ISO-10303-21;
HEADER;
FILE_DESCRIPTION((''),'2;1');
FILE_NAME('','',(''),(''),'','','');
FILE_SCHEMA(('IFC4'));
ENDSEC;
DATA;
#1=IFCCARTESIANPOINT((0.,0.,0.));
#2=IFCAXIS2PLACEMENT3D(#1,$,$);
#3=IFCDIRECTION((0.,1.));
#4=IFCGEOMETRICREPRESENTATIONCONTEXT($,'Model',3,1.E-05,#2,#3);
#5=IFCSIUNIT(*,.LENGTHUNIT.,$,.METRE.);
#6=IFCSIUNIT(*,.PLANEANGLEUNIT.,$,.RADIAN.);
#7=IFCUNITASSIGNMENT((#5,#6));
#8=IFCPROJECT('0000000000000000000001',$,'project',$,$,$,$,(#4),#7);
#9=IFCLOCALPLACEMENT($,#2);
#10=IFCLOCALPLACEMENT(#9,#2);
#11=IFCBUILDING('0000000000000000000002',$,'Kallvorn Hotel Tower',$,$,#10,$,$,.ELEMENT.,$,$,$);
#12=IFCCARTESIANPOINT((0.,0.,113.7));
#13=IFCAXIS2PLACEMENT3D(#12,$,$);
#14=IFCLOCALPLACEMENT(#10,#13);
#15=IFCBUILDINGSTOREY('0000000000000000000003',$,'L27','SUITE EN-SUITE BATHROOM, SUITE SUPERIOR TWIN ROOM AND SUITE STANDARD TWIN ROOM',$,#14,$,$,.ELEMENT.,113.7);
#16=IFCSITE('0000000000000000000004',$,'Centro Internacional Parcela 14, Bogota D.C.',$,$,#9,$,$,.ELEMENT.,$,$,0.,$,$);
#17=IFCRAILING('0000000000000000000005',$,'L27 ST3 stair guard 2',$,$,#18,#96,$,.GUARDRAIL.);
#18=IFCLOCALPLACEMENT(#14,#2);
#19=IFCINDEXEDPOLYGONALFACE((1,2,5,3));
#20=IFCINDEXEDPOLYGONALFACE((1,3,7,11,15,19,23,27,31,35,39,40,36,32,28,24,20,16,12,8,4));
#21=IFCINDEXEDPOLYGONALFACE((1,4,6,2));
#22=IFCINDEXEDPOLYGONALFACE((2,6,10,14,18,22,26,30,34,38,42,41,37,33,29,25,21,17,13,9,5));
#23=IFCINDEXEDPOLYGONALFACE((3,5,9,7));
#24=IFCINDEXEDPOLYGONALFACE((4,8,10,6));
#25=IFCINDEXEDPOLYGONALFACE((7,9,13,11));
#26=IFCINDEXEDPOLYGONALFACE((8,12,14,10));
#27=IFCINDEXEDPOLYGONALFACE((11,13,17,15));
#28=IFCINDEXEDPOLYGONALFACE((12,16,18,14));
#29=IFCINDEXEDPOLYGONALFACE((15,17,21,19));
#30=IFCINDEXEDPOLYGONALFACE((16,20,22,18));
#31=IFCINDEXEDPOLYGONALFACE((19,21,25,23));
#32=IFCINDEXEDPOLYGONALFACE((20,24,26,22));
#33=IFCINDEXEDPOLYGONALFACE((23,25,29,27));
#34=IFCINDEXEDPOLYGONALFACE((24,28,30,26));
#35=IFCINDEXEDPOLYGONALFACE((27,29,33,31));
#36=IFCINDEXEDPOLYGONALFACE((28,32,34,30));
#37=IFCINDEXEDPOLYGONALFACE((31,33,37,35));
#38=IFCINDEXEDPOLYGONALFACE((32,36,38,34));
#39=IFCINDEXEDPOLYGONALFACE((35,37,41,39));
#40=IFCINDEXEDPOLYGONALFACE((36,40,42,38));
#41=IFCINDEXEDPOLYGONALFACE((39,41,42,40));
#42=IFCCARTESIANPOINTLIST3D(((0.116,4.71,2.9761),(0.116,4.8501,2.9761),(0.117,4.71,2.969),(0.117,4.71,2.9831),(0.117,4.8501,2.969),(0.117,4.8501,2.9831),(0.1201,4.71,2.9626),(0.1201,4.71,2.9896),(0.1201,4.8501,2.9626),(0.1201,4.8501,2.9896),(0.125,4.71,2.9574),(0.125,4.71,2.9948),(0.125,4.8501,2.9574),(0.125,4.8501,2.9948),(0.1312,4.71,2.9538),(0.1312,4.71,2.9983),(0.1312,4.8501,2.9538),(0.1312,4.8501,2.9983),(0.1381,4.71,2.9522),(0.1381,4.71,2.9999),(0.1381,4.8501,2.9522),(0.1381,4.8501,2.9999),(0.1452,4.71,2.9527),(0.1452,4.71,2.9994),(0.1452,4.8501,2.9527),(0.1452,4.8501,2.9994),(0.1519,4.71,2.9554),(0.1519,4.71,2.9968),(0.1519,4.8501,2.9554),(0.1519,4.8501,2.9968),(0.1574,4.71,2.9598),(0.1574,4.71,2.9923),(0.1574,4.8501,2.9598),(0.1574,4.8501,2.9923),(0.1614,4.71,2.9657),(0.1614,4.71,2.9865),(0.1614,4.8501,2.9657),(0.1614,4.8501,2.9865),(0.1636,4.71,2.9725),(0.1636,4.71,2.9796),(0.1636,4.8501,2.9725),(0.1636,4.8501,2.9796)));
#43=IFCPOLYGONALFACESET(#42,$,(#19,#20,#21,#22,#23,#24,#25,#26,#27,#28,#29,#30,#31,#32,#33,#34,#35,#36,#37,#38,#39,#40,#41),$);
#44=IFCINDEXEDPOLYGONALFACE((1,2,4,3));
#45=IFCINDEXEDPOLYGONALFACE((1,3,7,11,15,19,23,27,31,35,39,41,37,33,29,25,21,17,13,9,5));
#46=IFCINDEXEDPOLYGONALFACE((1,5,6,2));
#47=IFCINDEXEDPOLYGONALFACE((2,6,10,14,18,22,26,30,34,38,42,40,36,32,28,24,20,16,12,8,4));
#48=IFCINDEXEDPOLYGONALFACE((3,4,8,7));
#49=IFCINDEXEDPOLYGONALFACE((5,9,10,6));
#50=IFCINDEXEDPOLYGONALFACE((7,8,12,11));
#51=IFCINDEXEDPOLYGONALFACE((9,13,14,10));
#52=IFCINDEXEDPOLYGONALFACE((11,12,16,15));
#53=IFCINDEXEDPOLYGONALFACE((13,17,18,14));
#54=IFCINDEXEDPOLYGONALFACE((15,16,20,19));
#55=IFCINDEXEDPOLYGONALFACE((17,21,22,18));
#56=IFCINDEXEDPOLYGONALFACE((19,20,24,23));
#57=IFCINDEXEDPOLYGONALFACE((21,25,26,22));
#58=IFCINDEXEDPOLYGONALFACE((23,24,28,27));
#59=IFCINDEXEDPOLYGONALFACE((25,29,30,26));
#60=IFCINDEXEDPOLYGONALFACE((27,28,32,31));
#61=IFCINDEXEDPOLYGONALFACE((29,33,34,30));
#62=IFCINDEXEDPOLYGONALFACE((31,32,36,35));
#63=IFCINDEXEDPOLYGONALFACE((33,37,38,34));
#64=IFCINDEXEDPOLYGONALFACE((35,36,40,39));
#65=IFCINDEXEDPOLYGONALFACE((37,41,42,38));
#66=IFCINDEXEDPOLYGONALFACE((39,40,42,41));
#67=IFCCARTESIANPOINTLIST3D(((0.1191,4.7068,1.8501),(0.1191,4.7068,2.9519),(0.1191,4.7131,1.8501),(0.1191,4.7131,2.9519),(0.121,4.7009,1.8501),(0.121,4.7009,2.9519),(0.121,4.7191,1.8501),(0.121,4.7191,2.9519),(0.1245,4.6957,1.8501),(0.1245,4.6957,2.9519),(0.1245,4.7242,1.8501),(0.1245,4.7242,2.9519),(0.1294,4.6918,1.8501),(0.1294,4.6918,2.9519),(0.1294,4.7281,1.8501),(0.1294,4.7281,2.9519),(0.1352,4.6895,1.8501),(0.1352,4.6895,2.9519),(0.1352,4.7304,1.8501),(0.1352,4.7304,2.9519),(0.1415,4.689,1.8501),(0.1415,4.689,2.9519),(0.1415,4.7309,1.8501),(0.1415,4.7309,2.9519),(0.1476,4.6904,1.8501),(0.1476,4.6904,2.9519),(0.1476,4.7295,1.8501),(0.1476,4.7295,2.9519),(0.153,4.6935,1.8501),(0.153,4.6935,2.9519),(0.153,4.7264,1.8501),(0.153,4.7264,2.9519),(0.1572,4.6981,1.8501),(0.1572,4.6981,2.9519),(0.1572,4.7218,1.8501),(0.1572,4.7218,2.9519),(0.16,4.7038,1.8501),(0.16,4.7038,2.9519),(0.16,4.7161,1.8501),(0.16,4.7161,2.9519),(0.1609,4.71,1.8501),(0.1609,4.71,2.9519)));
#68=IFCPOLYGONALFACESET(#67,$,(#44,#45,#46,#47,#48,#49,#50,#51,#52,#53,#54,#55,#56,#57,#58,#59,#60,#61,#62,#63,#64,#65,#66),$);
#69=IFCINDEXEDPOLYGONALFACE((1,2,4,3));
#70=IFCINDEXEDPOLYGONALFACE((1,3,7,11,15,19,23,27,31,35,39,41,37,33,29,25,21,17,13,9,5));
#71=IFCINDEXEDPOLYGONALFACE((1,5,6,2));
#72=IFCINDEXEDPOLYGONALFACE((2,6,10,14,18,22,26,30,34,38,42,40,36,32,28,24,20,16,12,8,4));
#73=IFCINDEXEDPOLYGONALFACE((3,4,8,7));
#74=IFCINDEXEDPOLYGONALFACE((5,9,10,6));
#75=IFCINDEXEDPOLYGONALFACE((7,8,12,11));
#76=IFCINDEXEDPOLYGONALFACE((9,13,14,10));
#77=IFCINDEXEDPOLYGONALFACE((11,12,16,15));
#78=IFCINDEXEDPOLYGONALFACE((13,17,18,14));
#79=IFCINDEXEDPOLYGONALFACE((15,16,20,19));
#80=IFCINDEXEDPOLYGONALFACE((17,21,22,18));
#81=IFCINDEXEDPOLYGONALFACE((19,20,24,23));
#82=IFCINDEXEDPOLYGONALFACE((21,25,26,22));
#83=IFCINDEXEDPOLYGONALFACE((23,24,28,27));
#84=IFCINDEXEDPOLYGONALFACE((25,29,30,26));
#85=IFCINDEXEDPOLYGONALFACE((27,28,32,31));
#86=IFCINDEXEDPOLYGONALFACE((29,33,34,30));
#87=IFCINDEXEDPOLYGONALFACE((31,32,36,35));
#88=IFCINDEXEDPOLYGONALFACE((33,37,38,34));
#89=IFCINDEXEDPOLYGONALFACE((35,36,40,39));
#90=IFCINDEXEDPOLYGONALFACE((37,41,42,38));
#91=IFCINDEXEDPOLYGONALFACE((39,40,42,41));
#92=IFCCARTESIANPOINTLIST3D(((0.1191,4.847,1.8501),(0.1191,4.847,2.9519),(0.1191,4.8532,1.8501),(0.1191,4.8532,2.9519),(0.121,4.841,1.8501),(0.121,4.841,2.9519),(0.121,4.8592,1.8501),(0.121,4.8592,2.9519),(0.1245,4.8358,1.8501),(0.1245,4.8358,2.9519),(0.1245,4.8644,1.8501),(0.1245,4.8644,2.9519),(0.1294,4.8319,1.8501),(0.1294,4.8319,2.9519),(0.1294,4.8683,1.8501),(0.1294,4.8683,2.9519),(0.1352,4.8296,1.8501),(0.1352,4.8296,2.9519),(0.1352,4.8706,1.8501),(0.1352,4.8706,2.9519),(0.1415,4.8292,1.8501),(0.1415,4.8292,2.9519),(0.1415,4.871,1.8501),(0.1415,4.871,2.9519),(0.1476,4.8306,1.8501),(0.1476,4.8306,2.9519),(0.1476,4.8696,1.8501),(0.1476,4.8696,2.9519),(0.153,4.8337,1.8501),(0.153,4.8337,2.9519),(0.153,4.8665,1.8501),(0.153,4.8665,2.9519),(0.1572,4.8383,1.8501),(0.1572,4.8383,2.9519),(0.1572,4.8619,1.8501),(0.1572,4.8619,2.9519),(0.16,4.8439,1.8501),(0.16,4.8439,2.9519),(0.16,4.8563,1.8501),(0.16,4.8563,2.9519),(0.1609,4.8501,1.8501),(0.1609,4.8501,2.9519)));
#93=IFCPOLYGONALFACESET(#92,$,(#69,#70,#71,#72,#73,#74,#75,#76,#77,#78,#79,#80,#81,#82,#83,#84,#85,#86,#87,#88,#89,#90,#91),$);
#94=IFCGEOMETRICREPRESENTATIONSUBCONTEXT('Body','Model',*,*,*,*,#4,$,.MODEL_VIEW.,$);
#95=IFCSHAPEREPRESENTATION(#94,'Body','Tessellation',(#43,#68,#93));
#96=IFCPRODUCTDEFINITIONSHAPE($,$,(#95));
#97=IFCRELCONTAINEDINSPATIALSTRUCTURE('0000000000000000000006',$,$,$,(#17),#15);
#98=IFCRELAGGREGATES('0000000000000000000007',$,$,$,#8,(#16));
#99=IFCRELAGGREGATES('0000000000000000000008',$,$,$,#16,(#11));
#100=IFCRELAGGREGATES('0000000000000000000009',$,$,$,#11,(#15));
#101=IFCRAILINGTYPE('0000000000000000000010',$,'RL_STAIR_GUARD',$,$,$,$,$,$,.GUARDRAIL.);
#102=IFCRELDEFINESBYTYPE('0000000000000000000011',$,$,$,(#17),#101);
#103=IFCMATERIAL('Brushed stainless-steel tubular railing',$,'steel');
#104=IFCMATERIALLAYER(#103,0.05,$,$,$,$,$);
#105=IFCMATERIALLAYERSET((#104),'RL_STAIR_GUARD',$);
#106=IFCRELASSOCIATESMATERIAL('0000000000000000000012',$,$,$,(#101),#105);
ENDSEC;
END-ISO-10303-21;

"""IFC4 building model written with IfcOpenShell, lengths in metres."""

from ifc_helpers import new_model, si_unit, direction, frame, origin, origin_2d, place, context, subcontext, project, spatial, circle, extrude, material, layer, layer_set, type_object, element, save


model = new_model("IFC4")

# Units and contexts
model_context = context("Model", 3, precision=1e-05, world=origin(), true_north=direction((0.0, 1.0)))
body_context = subcontext(model_context, "Body", "Model", "MODEL_VIEW")
ifc_project = project(units=[si_unit("LENGTHUNIT", "METRE"), si_unit("PLANEANGLEUNIT", "RADIAN")], contexts=[model_context])

# Site, building, storey
site_placement = place(None, origin())
site = spatial("IfcSite", under=ifc_project, at=site_placement, Name="Centro Internacional Parcela 14, Bogota D.C.", CompositionType="ELEMENT", RefElevation=0.0)
building_placement = place(site_placement, origin())
building = spatial("IfcBuilding", under=site, at=building_placement, Name="Kallvorn Hotel Tower", CompositionType="ELEMENT")
storey_placement = place(building_placement, frame((0.0, 0.0, 113.7)))
storey = spatial("IfcBuildingStorey", under=building, at=storey_placement, Name="L27", Description="SUITE EN-SUITE BATHROOM, SUITE SUPERIOR TWIN ROOM AND SUITE STANDARD TWIN ROOM", CompositionType="ELEMENT", Elevation=113.7)

# Railing
ifc_material_1 = material(Name="Brushed stainless-steel tubular railing", Category="steel")
ifc_layer_1 = layer(ifc_material_1, 0.05)
ifc_layer_set_1 = layer_set([ifc_layer_1], Name="RL_STAIR_GUARD")
railing_type_1 = type_object("IfcRailingType", Name="RL_STAIR_GUARD", PredefinedType="GUARDRAIL", material=ifc_layer_set_1)
railing_1_placement = place(storey_placement, frame((0.1399, 4.71, 1.8501)))
element("IfcRailing", 1, at=railing_1_placement, inside=storey, type_object=railing_type_1, Name="L27 ST3 stair guard 2", PredefinedType="GUARDRAIL", context=body_context, shape_type="SweptSolid", body=[
    extrude(circle(Radius=0.0239, at=origin_2d()), frame((0.0, 0.0, 1.126), z_axis=(0.0, 1.0, 0.0), x_axis=(-1.0, 0.0, 0.0)), (0.0, 0.0, 1.0), 0.1401),
    extrude(circle(Radius=0.021, at=origin_2d()), origin(), (0.0, 0.0, 1.0), 1.1018),
    extrude(circle(Radius=0.021, at=origin_2d()), frame((0.0, 0.1401, 0.0)), (0.0, 0.0, 1.0), 1.1018),
])

save(model, "model.ifc")
